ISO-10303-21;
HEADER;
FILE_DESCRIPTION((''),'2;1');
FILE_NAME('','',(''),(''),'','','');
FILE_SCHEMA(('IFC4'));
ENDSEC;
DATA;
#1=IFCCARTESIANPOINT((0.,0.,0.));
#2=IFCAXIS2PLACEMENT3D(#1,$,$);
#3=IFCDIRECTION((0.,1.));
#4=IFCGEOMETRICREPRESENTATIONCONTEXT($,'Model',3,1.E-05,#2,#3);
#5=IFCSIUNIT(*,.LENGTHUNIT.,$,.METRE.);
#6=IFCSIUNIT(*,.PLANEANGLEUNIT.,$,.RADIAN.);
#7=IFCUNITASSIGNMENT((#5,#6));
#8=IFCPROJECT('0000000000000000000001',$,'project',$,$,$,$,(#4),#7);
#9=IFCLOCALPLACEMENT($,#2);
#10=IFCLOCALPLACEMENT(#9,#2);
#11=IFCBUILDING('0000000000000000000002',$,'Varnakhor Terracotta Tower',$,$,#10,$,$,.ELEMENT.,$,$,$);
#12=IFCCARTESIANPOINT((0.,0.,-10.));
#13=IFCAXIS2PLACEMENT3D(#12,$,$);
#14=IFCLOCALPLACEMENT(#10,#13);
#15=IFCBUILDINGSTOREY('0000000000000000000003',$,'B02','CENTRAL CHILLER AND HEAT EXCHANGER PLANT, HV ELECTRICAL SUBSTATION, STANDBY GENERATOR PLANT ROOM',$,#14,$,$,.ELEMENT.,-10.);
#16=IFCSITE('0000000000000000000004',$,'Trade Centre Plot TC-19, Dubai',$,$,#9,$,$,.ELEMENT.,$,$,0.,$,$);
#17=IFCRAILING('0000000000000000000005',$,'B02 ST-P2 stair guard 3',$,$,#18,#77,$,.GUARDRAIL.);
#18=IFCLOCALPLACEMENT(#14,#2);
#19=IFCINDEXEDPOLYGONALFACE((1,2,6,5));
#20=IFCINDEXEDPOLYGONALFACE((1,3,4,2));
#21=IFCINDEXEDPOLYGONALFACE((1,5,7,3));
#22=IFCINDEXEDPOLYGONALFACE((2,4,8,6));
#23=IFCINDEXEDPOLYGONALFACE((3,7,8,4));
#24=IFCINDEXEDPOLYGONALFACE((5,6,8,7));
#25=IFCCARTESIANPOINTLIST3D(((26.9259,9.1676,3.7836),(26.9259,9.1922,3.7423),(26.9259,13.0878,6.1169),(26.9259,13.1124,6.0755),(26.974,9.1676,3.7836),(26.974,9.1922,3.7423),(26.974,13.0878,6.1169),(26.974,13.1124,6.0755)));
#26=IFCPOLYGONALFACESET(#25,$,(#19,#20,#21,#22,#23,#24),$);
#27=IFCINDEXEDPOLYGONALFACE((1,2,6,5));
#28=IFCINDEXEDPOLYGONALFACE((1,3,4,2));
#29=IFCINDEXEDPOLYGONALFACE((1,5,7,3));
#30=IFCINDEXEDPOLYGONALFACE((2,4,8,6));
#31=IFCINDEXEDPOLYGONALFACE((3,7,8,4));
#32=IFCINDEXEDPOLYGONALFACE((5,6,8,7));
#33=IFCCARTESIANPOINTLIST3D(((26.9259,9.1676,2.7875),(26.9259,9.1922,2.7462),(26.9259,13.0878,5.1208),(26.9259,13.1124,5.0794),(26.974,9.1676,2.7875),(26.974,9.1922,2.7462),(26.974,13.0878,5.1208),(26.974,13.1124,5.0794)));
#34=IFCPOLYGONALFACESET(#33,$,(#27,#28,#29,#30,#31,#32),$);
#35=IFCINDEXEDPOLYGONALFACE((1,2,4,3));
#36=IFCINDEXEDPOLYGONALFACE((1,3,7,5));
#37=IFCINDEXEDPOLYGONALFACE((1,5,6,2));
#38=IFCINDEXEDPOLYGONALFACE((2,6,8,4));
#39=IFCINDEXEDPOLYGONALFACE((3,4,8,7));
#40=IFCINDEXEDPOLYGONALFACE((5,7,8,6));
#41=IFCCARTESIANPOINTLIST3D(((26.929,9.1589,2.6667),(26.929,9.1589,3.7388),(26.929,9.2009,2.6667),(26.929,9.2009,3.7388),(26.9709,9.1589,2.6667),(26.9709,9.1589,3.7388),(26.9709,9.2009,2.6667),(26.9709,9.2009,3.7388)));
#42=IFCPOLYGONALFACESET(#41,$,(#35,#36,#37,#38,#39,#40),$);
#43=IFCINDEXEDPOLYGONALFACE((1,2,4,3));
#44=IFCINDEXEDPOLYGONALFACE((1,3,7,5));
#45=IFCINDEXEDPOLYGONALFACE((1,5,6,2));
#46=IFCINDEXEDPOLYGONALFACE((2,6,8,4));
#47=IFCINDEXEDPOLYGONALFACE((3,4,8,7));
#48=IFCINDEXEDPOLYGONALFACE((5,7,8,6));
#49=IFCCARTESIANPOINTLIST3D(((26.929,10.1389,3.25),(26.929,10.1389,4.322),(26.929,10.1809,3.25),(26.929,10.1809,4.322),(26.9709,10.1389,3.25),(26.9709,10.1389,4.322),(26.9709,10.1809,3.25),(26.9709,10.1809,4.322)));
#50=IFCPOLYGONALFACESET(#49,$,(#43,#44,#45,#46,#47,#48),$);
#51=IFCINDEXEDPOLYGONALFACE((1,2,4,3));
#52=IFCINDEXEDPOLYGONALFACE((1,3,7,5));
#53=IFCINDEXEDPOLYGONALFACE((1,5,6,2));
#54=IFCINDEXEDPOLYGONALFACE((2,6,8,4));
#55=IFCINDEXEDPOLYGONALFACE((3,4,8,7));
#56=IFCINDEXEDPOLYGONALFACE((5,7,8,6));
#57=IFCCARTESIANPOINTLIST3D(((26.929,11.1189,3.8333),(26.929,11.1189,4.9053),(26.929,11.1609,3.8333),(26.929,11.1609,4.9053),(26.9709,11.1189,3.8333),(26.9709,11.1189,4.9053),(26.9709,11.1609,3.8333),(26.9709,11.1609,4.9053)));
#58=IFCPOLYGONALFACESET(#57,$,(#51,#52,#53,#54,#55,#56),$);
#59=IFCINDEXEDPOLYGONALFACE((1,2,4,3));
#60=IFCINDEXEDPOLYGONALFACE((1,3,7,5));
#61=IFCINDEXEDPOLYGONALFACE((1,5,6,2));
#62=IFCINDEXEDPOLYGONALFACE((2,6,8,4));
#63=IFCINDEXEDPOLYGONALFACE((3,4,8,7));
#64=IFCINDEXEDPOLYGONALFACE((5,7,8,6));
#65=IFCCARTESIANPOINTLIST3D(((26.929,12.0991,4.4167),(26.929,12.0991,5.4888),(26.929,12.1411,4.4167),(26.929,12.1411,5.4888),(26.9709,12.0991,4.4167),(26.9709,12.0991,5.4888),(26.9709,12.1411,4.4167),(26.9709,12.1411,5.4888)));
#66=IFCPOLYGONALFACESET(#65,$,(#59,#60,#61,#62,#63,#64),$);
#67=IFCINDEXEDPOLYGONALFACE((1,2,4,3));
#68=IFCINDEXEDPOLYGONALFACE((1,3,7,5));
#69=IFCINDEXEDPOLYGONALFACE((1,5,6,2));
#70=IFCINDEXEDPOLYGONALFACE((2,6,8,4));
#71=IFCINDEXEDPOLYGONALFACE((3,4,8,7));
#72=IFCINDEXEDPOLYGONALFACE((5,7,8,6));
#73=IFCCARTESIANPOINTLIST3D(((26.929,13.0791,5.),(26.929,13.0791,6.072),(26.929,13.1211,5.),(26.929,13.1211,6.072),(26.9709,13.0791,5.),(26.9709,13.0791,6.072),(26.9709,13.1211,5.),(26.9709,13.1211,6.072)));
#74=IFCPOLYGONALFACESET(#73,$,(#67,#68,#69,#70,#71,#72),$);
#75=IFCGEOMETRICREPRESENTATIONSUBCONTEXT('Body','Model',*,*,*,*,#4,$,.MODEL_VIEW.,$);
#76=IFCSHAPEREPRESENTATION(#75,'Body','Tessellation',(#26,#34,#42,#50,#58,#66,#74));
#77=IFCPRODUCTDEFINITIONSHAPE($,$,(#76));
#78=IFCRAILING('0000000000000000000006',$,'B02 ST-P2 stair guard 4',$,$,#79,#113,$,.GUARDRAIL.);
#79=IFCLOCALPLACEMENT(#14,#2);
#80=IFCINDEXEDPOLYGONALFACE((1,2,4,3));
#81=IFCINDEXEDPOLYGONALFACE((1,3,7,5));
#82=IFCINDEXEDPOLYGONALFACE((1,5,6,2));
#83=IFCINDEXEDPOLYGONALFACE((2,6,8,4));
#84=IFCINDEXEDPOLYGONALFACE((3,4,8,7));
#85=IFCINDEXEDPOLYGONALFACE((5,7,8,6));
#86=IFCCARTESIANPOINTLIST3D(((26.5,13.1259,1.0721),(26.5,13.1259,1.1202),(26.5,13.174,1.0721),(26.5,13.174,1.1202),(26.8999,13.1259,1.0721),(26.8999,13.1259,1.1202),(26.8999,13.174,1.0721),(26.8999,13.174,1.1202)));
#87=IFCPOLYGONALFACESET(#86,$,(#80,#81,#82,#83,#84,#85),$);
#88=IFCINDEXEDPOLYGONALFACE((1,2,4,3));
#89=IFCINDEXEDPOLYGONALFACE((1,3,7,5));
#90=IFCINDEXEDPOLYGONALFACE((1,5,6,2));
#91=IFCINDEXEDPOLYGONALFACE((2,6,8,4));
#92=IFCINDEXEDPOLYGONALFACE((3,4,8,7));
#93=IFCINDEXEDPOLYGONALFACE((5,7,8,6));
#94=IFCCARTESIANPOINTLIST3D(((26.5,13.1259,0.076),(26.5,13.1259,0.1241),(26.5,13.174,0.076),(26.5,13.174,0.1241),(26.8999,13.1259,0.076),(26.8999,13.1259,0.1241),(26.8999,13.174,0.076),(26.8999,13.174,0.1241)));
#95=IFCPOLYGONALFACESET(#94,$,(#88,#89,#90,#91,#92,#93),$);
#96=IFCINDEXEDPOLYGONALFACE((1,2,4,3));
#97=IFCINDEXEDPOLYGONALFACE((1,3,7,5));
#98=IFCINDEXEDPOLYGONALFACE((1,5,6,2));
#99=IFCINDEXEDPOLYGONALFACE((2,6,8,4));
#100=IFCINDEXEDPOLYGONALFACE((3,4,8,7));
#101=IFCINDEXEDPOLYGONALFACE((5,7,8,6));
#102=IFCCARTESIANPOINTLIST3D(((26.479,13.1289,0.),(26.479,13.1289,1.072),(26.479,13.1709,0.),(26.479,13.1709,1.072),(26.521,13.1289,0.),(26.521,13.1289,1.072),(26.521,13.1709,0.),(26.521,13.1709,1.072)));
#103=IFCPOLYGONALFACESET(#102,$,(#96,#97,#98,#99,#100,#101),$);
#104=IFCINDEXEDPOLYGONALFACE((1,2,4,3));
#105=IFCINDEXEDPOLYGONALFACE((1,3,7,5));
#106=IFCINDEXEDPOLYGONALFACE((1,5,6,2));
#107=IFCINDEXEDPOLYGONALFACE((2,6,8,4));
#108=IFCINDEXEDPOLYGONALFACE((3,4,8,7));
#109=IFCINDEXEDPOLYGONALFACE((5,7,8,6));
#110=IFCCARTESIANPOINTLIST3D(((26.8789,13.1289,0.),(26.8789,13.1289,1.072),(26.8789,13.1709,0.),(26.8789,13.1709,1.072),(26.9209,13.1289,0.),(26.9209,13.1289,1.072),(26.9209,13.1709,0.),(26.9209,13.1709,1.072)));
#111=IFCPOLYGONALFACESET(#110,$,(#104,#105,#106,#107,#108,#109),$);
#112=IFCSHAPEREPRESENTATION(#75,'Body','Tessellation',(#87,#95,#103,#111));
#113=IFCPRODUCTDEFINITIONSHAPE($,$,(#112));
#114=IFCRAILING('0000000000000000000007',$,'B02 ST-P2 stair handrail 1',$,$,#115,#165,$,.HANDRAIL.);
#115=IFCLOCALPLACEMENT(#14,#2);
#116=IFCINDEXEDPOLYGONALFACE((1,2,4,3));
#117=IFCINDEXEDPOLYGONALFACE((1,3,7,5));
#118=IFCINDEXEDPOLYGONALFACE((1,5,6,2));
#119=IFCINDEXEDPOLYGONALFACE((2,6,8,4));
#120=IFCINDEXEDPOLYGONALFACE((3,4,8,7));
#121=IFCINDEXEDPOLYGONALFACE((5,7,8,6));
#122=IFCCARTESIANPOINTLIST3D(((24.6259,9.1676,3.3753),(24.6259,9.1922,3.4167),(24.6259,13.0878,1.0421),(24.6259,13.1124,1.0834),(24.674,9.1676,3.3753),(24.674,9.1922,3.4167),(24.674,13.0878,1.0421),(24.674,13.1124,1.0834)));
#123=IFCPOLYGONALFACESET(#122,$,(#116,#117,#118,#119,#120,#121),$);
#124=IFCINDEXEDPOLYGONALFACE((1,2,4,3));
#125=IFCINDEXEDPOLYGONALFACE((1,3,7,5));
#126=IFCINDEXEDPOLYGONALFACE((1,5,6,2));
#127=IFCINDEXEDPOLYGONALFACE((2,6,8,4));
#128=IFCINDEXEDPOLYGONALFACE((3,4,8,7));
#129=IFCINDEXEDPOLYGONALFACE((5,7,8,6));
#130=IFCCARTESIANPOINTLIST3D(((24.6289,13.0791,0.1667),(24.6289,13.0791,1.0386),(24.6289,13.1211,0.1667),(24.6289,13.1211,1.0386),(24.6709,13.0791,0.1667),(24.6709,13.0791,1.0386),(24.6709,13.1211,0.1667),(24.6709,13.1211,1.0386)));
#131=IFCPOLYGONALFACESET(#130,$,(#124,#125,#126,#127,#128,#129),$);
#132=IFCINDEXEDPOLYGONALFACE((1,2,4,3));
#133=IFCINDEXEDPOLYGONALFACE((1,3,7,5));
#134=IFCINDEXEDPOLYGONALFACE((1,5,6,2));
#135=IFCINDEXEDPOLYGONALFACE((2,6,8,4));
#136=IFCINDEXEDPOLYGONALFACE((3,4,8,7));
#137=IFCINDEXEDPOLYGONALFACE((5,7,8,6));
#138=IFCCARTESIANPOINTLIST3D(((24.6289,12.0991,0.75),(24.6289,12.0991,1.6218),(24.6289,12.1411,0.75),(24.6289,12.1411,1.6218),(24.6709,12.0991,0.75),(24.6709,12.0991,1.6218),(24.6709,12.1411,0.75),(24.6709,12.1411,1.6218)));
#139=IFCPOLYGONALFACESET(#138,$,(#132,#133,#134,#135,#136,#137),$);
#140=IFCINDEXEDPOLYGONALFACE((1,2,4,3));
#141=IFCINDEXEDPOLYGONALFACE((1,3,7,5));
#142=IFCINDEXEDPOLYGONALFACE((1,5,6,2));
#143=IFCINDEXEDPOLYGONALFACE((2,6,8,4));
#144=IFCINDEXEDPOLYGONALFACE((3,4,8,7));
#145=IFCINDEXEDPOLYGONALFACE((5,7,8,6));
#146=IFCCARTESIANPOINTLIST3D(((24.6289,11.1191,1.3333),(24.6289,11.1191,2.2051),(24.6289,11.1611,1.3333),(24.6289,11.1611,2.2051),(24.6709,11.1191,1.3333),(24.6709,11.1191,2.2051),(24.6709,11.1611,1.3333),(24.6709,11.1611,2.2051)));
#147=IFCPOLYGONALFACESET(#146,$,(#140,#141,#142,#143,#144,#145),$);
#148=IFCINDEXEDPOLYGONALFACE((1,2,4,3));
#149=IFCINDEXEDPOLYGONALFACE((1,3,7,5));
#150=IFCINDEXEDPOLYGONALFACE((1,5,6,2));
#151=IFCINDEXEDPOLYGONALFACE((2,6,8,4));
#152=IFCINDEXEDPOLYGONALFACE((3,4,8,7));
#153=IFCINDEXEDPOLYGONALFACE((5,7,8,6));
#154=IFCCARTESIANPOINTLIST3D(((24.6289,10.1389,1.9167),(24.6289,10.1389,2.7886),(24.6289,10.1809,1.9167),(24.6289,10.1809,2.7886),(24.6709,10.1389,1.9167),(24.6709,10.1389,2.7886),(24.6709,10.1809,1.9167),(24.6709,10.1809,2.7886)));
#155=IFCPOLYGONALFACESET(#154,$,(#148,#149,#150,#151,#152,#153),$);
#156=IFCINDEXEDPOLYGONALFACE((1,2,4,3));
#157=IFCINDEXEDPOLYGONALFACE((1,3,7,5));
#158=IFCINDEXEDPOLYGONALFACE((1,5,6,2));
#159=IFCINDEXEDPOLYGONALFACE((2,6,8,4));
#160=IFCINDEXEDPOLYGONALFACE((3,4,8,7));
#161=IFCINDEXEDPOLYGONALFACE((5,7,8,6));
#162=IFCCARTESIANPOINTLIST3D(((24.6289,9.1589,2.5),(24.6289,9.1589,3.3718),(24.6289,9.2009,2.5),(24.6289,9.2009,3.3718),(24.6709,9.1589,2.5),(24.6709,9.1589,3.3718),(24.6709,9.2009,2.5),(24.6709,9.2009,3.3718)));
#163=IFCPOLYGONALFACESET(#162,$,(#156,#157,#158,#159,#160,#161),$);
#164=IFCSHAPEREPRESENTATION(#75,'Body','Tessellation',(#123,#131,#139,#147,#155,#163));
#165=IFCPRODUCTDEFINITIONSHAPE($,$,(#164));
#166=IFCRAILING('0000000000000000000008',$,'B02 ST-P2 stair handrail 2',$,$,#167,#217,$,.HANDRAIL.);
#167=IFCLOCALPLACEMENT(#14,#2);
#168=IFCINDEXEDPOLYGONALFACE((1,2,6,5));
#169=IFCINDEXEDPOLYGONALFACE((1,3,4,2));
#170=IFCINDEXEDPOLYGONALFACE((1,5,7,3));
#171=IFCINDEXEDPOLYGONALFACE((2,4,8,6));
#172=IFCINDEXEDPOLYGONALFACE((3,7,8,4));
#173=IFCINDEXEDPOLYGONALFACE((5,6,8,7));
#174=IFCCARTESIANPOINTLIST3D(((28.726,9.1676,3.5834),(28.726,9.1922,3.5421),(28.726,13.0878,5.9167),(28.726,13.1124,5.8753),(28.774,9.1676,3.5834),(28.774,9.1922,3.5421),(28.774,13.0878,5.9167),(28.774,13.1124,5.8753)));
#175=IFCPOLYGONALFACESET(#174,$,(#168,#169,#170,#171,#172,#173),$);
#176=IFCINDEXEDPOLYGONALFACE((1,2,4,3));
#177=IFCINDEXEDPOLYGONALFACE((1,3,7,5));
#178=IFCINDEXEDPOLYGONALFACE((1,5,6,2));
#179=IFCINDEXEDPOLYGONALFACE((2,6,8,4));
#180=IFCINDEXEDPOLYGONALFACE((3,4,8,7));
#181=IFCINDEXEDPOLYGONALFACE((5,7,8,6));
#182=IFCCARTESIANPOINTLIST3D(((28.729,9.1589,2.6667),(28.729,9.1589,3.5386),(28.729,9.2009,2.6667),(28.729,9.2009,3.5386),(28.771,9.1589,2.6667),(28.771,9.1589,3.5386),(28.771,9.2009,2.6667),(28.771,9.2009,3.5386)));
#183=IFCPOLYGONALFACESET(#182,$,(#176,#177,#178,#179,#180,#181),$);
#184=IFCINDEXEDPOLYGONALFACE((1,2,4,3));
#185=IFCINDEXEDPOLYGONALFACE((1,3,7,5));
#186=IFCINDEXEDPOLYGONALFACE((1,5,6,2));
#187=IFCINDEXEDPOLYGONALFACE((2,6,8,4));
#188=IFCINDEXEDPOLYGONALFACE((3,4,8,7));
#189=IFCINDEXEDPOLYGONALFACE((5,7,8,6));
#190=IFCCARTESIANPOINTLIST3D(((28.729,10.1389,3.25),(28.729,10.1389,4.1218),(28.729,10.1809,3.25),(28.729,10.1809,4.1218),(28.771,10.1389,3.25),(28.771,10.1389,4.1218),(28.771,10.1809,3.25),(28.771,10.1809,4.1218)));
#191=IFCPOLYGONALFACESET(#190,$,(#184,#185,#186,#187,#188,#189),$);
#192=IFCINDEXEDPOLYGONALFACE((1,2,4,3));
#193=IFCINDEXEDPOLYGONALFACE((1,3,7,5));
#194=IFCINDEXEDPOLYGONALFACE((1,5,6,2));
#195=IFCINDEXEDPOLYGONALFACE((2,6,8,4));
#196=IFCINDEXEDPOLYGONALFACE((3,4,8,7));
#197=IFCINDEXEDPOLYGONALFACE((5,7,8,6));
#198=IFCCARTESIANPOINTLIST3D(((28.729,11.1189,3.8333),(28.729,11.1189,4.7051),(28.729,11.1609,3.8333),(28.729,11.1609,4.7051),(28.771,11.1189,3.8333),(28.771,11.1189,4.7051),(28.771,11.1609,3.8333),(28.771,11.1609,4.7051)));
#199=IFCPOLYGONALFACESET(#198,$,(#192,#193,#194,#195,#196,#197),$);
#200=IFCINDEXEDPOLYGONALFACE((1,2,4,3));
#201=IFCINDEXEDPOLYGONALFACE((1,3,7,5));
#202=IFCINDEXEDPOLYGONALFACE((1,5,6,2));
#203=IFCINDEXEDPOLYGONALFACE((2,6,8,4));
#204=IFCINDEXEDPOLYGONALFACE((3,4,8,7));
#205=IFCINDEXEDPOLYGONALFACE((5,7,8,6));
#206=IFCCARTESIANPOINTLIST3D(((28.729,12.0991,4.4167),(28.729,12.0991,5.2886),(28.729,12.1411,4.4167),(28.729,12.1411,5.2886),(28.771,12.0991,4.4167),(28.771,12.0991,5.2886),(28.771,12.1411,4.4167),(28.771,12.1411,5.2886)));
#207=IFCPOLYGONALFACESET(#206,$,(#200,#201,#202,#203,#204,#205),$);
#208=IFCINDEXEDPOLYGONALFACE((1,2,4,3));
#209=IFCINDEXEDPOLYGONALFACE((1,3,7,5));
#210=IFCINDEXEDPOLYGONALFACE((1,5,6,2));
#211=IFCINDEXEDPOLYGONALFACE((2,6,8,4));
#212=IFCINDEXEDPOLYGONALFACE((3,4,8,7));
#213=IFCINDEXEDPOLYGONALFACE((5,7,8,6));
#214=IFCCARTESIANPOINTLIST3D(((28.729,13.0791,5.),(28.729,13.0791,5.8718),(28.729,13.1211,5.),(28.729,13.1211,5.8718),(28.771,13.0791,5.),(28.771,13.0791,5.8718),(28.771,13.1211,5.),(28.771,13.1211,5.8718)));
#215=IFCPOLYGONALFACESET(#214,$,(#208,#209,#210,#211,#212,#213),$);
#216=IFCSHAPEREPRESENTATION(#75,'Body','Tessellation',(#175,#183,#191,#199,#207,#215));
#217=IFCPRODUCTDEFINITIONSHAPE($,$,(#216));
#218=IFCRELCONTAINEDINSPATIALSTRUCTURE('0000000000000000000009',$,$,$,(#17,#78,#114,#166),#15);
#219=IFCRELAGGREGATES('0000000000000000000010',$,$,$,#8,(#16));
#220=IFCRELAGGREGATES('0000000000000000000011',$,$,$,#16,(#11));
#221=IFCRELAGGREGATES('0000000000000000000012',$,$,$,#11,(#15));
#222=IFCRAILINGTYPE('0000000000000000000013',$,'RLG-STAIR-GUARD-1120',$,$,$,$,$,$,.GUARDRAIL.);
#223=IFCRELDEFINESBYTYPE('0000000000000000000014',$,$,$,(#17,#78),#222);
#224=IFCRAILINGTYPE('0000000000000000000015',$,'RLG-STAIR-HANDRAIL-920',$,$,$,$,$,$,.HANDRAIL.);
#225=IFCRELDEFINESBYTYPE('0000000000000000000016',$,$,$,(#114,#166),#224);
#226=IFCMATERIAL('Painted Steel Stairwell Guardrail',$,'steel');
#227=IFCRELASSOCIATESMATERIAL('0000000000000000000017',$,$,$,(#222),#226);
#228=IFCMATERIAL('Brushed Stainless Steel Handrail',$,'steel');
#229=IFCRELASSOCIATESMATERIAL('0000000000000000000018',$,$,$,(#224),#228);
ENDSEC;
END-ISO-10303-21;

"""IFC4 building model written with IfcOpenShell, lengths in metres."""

from ifc_helpers import new_model, si_unit, direction, frame, origin, origin_2d, place, context, subcontext, project, spatial, rectangle, extrude, material, type_object, element, save


model = new_model("IFC4")

# Units and contexts
model_context = context("Model", 3, precision=1e-05, world=origin(), true_north=direction((0.0, 1.0)))
body_context = subcontext(model_context, "Body", "Model", "MODEL_VIEW")
ifc_project = project(units=[si_unit("LENGTHUNIT", "METRE"), si_unit("PLANEANGLEUNIT", "RADIAN")], contexts=[model_context])

# Site, building, storey
site_placement = place(None, origin())
site = spatial("IfcSite", under=ifc_project, at=site_placement, Name="Trade Centre Plot TC-19, Dubai", CompositionType="ELEMENT", RefElevation=0.0)
building_placement = place(site_placement, origin())
building = spatial("IfcBuilding", under=site, at=building_placement, Name="Varnakhor Terracotta Tower", CompositionType="ELEMENT")
storey_placement = place(building_placement, frame((0.0, 0.0, -10.0)))
storey = spatial("IfcBuildingStorey", under=building, at=storey_placement, Name="B02", Description="CENTRAL CHILLER AND HEAT EXCHANGER PLANT, HV ELECTRICAL SUBSTATION, STANDBY GENERATOR PLANT ROOM", CompositionType="ELEMENT", Elevation=-10.0)

# Railings
ifc_material_1 = material(Name="Painted Steel Stairwell Guardrail", Category="steel")
railing_type_1 = type_object("IfcRailingType", Name="RLG-STAIR-GUARD-1120", PredefinedType="GUARDRAIL", material=ifc_material_1)
railing_1_placement = place(storey_placement, frame((26.95, 9.1799, 2.6667)))
element("IfcRailing", 1, at=railing_1_placement, inside=storey, type_object=railing_type_1, Name="B02 ST-P2 stair guard 3", PredefinedType="GUARDRAIL", context=body_context, shape_type="SweptSolid", body=[
    extrude(rectangle(XDim=0.0481, YDim=0.0481, at=origin_2d()), frame((0.0, 0.0, 1.0962), z_axis=(0.0, 0.85931, 0.511455), x_axis=(-1.0, 0.0, 0.0)), (0.0, 0.0, 1.0), 4.562),
    extrude(rectangle(XDim=0.0481, YDim=0.0481, at=origin_2d()), frame((0.0, 0.0, 0.1001), z_axis=(0.0, 0.85931, 0.511455), x_axis=(-1.0, 0.0, 0.0)), (0.0, 0.0, 1.0), 4.562),
    extrude(rectangle(XDim=0.042, YDim=0.042, at=origin_2d()), origin(), (0.0, 0.0, 1.0), 1.072),
    extrude(rectangle(XDim=0.042, YDim=0.042, at=origin_2d()), frame((0.0, 0.98, 0.5833)), (0.0, 0.0, 1.0), 1.072),
    extrude(rectangle(XDim=0.042, YDim=0.042, at=origin_2d()), frame((0.0, 1.96, 1.1665)), (0.0, 0.0, 1.0), 1.072),
    extrude(rectangle(XDim=0.042, YDim=0.042, at=origin_2d()), frame((0.0, 2.9402, 1.75)), (0.0, 0.0, 1.0), 1.072),
    extrude(rectangle(XDim=0.042, YDim=0.042, at=origin_2d()), frame((0.0, 3.9202, 2.3333)), (0.0, 0.0, 1.0), 1.072),
])
railing_2_placement = place(storey_placement, frame((26.5, 13.1499, 0.0)))
element("IfcRailing", 2, at=railing_2_placement, inside=storey, type_object=railing_type_1, Name="B02 ST-P2 stair guard 4", PredefinedType="GUARDRAIL", context=body_context, shape_type="SweptSolid", body=[
    extrude(rectangle(XDim=0.0481, YDim=0.0481, at=origin_2d()), frame((0.0, 0.0, 1.0962), z_axis=(1.0, 0.0, 0.0), x_axis=(0.0, 1.0, 0.0)), (0.0, 0.0, 1.0), 0.3999),
    extrude(rectangle(XDim=0.0481, YDim=0.0481, at=origin_2d()), frame((0.0, 0.0, 0.1001), z_axis=(1.0, 0.0, 0.0), x_axis=(0.0, 1.0, 0.0)), (0.0, 0.0, 1.0), 0.3999),
    extrude(rectangle(XDim=0.042, YDim=0.042, at=origin_2d()), origin(), (0.0, 0.0, 1.0), 1.072),
    extrude(rectangle(XDim=0.042, YDim=0.042, at=origin_2d()), frame((0.3999, 0.0, 0.0)), (0.0, 0.0, 1.0), 1.072),
])
ifc_material_2 = material(Name="Brushed Stainless Steel Handrail", Category="steel")
railing_type_2 = type_object("IfcRailingType", Name="RLG-STAIR-HANDRAIL-920", PredefinedType="HANDRAIL", material=ifc_material_2)
railing_3_placement = place(storey_placement, frame((24.6499, 13.1001, 0.1667)))
element("IfcRailing", 3, at=railing_3_placement, inside=storey, type_object=railing_type_2, Name="B02 ST-P2 stair handrail 1", PredefinedType="HANDRAIL", context=body_context, shape_type="SweptSolid", body=[
    extrude(rectangle(XDim=0.0481, YDim=0.0481, at=origin_2d()), frame((0.0, 0.0, 0.896), z_axis=(0.0, -0.85931, 0.511455), x_axis=(1.0, 0.0, 0.0)), (0.0, 0.0, 1.0), 4.562),
    extrude(rectangle(XDim=0.042, YDim=0.042, at=origin_2d()), origin(), (0.0, 0.0, 1.0), 0.8718),
    extrude(rectangle(XDim=0.042, YDim=0.042, at=origin_2d()), frame((0.0, -0.98, 0.5833)), (0.0, 0.0, 1.0), 0.8718),
    extrude(rectangle(XDim=0.042, YDim=0.042, at=origin_2d()), frame((0.0, -1.96, 1.1665)), (0.0, 0.0, 1.0), 0.8718),
    extrude(rectangle(XDim=0.042, YDim=0.042, at=origin_2d()), frame((0.0, -2.9402, 1.75)), (0.0, 0.0, 1.0), 0.8718),
    extrude(rectangle(XDim=0.042, YDim=0.042, at=origin_2d()), frame((0.0, -3.9202, 2.3333)), (0.0, 0.0, 1.0), 0.8718),
])
railing_4_placement = place(storey_placement, frame((28.75, 9.1799, 2.6667)))
element("IfcRailing", 4, at=railing_4_placement, inside=storey, type_object=railing_type_2, Name="B02 ST-P2 stair handrail 2", PredefinedType="HANDRAIL", context=body_context, shape_type="SweptSolid", body=[
    extrude(rectangle(XDim=0.0481, YDim=0.0481, at=origin_2d()), frame((0.0, 0.0, 0.896), z_axis=(0.0, 0.85931, 0.511455), x_axis=(-1.0, 0.0, 0.0)), (0.0, 0.0, 1.0), 4.562),
    extrude(rectangle(XDim=0.042, YDim=0.042, at=origin_2d()), origin(), (0.0, 0.0, 1.0), 0.8718),
    extrude(rectangle(XDim=0.042, YDim=0.042, at=origin_2d()), frame((0.0, 0.98, 0.5833)), (0.0, 0.0, 1.0), 0.8718),
    extrude(rectangle(XDim=0.042, YDim=0.042, at=origin_2d()), frame((0.0, 1.96, 1.1665)), (0.0, 0.0, 1.0), 0.8718),
    extrude(rectangle(XDim=0.042, YDim=0.042, at=origin_2d()), frame((0.0, 2.9402, 1.75)), (0.0, 0.0, 1.0), 0.8718),
    extrude(rectangle(XDim=0.042, YDim=0.042, at=origin_2d()), frame((0.0, 3.9202, 2.3333)), (0.0, 0.0, 1.0), 0.8718),
])

save(model, "model.ifc")
